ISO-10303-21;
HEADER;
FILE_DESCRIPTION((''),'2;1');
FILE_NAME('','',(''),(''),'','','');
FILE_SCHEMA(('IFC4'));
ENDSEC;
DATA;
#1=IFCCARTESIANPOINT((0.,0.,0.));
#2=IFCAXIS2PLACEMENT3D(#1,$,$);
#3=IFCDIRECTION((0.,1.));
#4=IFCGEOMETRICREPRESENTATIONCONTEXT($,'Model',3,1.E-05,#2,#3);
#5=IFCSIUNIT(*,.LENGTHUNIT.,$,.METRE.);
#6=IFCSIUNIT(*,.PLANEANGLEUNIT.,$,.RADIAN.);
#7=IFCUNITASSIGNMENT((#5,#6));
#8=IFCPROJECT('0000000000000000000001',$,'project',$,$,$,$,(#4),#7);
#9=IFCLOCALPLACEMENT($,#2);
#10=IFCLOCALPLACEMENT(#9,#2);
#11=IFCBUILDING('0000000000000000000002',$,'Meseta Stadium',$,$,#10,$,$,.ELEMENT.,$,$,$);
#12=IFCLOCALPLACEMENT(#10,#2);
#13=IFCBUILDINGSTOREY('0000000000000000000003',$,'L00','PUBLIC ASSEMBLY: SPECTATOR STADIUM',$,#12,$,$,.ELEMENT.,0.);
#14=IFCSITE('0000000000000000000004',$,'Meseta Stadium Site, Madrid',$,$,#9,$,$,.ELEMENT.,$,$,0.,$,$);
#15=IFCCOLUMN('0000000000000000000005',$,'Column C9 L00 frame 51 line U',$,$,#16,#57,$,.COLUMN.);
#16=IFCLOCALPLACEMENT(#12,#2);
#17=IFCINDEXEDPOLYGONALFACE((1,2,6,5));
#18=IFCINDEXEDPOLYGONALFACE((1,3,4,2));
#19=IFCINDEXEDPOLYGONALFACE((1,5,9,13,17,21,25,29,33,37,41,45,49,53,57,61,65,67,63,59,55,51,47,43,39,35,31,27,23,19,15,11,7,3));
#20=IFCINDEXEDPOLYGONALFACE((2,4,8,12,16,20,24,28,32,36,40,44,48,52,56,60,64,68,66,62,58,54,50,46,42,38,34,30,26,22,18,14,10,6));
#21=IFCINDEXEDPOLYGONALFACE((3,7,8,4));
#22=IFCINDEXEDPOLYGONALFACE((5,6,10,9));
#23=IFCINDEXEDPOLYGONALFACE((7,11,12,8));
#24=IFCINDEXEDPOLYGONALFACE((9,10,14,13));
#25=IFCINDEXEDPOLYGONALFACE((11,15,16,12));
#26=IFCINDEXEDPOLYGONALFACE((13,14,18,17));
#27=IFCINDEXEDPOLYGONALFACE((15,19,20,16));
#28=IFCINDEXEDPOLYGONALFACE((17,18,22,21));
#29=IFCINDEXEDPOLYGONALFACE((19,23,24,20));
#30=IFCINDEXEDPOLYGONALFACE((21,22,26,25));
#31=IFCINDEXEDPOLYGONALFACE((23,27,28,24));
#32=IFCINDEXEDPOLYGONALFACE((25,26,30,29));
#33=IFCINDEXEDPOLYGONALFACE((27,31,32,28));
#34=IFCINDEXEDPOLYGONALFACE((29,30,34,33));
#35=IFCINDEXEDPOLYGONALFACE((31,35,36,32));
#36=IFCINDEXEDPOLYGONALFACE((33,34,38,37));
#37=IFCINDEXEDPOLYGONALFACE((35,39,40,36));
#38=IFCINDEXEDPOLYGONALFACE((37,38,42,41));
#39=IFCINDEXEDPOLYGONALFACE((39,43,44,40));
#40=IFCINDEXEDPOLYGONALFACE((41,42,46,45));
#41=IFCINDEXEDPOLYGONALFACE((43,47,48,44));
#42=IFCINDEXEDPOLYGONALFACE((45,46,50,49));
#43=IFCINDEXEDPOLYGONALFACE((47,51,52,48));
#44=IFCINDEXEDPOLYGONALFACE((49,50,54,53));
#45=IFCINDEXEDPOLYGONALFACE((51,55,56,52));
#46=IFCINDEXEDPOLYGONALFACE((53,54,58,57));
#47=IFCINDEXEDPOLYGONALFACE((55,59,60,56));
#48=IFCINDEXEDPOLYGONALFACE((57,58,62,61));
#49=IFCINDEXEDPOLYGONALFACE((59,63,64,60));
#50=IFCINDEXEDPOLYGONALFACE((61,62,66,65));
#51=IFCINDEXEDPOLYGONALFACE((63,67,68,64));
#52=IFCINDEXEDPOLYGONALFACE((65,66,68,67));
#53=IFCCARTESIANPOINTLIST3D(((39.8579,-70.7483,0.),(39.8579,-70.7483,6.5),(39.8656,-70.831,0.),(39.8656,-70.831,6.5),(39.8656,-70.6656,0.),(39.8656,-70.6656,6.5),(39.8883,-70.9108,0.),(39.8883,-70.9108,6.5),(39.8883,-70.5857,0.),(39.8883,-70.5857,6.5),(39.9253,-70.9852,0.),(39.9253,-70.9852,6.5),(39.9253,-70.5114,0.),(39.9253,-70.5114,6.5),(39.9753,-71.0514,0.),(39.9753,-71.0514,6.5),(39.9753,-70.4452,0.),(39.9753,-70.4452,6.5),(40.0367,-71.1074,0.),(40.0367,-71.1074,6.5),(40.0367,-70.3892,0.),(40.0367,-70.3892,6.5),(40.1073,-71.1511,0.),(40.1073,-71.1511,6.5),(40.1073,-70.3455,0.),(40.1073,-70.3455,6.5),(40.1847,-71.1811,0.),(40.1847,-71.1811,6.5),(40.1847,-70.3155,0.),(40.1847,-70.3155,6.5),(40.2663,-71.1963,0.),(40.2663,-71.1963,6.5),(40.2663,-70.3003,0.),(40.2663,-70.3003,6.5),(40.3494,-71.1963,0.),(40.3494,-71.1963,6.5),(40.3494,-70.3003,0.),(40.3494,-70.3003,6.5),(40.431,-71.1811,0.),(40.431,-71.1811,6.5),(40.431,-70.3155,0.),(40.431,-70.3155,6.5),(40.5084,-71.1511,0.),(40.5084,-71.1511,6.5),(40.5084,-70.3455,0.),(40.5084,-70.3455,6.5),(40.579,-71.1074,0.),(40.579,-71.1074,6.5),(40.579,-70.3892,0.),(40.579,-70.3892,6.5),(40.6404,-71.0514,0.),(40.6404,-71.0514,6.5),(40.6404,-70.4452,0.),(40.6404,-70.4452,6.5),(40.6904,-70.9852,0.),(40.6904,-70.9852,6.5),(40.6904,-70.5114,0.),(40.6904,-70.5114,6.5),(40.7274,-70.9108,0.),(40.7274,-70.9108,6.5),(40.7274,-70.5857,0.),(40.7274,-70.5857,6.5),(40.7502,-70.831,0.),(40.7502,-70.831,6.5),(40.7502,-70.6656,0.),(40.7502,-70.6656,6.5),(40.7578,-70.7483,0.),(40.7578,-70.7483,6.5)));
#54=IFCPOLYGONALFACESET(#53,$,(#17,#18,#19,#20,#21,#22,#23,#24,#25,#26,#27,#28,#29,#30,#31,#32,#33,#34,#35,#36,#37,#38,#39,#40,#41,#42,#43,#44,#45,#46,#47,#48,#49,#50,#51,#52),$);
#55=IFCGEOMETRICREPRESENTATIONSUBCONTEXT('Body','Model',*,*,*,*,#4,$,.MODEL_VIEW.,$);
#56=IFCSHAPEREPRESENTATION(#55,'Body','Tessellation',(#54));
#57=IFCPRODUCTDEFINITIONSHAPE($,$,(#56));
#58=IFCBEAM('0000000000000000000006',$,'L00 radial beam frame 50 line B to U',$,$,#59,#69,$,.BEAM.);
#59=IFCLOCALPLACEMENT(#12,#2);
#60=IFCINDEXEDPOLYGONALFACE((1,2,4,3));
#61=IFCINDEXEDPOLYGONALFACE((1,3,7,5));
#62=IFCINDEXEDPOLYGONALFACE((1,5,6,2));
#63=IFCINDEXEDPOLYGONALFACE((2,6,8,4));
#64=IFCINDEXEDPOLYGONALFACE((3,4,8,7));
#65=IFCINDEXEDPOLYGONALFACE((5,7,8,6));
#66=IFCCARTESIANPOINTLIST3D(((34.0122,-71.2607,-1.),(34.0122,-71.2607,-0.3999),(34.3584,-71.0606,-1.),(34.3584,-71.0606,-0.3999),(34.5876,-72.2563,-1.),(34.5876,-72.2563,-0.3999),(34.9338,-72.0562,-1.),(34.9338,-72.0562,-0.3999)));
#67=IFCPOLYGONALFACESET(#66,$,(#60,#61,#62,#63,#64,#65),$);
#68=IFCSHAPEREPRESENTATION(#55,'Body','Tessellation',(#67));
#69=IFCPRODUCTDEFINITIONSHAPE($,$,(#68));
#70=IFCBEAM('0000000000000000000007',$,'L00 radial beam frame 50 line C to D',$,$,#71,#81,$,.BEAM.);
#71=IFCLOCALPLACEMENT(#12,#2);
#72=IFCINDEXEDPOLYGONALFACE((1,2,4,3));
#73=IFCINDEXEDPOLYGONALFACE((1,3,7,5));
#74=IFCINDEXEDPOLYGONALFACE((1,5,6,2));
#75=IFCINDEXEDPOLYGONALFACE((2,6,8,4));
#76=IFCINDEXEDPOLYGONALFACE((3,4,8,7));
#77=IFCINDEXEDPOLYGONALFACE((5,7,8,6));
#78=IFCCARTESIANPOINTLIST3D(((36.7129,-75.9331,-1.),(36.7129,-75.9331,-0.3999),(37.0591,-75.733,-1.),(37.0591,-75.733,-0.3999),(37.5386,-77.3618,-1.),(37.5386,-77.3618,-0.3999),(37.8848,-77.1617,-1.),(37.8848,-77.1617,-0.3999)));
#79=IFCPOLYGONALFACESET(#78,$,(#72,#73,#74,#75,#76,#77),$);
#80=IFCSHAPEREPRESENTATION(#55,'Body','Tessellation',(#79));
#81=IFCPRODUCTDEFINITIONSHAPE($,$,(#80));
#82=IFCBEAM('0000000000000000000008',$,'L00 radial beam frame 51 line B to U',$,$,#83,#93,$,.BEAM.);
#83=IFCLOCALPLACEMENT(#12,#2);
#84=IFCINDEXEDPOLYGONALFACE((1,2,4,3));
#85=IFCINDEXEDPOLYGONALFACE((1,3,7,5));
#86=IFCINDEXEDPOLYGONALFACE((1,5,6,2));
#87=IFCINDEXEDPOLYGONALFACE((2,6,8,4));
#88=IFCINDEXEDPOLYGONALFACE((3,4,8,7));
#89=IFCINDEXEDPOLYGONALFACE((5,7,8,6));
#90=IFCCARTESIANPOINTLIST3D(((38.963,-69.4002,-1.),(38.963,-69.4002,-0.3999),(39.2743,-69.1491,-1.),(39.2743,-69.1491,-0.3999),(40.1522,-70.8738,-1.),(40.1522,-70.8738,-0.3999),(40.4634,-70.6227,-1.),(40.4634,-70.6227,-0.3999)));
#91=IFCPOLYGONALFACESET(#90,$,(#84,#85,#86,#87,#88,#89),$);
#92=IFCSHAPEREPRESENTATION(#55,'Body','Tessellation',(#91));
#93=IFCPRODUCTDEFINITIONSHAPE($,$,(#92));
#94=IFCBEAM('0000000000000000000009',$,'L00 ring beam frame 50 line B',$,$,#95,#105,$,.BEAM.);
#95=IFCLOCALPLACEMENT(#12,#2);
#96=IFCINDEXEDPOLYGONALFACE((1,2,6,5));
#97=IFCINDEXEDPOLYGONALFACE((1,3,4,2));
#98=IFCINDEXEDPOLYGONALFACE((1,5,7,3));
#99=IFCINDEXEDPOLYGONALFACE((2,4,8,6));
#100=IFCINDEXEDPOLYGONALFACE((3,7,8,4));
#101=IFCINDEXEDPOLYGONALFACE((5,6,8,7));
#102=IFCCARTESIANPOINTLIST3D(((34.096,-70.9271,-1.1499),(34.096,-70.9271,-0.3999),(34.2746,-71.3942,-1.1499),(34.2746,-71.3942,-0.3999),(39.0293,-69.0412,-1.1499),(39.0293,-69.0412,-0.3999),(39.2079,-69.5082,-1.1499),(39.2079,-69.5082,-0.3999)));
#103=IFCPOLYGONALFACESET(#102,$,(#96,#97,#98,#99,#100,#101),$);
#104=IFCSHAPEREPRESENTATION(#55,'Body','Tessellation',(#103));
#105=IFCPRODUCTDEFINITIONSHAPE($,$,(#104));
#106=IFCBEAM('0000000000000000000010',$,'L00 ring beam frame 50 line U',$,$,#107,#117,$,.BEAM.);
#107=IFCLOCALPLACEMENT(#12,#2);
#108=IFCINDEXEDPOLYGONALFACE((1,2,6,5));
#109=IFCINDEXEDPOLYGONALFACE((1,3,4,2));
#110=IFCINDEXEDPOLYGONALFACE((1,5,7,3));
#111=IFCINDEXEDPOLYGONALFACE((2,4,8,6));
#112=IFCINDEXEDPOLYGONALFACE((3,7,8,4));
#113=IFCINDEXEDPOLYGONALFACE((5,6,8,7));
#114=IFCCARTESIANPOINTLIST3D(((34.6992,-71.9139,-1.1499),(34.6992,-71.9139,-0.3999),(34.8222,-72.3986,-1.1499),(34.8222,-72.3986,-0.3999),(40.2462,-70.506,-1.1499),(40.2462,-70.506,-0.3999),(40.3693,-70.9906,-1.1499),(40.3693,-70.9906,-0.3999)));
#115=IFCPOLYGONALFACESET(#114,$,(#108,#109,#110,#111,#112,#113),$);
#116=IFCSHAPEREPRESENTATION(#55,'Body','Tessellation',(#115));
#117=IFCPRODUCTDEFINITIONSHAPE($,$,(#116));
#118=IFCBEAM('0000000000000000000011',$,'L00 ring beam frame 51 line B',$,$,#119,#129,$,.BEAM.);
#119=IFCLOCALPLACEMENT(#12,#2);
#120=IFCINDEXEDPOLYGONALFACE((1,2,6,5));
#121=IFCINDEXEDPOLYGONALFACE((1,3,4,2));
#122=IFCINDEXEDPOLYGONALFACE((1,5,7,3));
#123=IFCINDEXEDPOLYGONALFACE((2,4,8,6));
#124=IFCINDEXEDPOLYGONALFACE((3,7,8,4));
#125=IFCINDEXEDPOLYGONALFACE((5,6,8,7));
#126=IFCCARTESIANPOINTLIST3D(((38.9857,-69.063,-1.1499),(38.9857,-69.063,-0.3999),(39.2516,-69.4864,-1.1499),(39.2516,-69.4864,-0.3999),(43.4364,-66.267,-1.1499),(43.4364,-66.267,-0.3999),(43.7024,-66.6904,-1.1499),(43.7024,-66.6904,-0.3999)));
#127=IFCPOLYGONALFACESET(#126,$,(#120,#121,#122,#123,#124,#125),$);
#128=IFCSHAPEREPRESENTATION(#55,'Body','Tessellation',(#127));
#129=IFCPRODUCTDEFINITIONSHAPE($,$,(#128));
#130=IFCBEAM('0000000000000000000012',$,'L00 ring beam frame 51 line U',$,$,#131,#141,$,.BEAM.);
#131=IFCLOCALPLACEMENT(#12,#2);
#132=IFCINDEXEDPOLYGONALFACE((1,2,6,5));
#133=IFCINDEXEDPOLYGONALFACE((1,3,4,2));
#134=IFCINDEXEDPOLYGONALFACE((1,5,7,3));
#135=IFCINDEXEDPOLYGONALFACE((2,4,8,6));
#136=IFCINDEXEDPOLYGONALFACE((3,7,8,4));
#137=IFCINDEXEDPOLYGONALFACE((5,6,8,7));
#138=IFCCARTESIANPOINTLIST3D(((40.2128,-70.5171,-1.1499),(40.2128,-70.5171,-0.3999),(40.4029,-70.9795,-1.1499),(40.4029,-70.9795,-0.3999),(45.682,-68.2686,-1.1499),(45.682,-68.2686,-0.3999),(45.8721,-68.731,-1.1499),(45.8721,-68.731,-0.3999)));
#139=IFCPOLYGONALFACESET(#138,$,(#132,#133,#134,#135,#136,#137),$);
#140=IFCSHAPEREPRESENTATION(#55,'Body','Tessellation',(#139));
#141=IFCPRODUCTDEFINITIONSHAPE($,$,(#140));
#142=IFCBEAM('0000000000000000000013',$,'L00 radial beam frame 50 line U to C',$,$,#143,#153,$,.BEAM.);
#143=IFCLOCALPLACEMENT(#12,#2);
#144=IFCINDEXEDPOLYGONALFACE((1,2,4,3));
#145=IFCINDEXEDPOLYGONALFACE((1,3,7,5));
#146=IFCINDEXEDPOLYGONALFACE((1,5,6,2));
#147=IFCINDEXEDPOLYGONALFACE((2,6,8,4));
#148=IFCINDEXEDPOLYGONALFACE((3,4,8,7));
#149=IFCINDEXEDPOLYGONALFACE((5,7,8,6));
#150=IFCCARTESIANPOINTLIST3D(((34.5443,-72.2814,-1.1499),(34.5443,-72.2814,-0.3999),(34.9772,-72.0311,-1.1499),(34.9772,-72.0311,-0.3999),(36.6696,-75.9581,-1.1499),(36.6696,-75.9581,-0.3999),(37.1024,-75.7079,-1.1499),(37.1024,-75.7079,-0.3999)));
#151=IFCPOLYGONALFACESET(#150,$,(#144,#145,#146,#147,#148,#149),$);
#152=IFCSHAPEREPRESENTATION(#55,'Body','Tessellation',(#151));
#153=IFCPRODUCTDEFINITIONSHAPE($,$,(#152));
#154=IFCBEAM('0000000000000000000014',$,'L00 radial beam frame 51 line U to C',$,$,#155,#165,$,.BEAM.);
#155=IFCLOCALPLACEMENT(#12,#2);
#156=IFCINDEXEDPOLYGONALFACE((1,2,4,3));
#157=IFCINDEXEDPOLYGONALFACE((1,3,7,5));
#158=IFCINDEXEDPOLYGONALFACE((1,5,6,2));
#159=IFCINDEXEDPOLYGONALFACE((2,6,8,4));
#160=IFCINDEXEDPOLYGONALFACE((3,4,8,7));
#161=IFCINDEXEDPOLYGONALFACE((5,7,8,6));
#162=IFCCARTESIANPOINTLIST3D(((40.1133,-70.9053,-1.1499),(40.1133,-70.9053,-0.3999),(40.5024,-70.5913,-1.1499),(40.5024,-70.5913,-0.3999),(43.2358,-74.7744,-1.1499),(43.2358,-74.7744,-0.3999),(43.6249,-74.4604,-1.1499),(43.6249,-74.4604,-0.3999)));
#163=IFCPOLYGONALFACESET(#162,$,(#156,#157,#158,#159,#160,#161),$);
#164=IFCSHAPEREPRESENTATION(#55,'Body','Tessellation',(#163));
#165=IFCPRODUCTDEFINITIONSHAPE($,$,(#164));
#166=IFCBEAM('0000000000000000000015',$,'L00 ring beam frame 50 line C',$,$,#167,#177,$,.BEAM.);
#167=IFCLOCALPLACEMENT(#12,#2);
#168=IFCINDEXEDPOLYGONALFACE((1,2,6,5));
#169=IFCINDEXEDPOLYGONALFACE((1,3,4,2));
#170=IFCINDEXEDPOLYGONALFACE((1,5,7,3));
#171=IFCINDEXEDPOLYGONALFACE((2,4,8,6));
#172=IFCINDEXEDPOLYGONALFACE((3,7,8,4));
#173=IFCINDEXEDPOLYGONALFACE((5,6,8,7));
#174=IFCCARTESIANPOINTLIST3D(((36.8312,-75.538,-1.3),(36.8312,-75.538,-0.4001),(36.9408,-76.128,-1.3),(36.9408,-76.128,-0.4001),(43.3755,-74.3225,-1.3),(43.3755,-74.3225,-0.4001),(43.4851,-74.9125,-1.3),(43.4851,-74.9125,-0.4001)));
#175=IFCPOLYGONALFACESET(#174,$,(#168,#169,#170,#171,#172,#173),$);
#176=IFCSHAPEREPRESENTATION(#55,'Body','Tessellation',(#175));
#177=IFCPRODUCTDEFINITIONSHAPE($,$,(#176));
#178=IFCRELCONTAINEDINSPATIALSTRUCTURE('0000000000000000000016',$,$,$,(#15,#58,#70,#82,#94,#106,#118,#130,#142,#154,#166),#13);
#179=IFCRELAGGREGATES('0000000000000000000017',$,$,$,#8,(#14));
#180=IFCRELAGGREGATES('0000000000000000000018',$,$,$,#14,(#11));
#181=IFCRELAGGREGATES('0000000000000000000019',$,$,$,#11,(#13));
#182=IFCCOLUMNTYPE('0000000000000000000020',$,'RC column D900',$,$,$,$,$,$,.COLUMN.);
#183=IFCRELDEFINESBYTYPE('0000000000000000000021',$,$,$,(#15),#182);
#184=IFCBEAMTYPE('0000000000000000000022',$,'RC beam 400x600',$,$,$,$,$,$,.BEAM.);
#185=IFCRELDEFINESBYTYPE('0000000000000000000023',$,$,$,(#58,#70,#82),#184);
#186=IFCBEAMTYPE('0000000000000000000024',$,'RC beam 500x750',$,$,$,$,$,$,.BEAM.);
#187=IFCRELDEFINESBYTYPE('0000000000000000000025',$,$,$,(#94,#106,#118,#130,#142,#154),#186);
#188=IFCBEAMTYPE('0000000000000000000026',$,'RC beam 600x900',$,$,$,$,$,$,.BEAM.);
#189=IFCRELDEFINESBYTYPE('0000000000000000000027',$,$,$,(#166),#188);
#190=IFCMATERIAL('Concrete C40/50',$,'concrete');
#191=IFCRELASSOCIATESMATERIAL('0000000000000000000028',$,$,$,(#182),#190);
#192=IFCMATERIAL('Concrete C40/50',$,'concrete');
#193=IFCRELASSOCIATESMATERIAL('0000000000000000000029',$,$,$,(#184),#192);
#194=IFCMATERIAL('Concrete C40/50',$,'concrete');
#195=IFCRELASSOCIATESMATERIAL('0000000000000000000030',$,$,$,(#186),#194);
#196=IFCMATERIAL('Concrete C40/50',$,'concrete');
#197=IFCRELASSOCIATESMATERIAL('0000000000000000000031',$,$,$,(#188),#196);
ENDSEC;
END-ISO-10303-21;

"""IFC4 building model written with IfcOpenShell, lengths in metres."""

from ifc_helpers import new_model, si_unit, direction, frame, origin, origin_2d, place, context, subcontext, project, spatial, rectangle, circle, extrude, material, material_profile, profile_set, type_object, element, save


model = new_model("IFC4")

# Units and contexts
model_context = context("Model", 3, precision=1e-05, world=origin(), true_north=direction((0.0, 1.0)))
body_context = subcontext(model_context, "Body", "Model", "MODEL_VIEW")
ifc_project = project(units=[si_unit("LENGTHUNIT", "METRE"), si_unit("PLANEANGLEUNIT", "RADIAN")], contexts=[model_context])

# Site, building, storey
site_placement = place(None, origin())
site = spatial("IfcSite", under=ifc_project, at=site_placement, Name="Meseta Stadium Site, Madrid", CompositionType="ELEMENT", RefElevation=0.0)
building_placement = place(site_placement, origin())
building = spatial("IfcBuilding", under=site, at=building_placement, Name="Meseta Stadium", CompositionType="ELEMENT")
storey_placement = place(building_placement, origin())
storey = spatial("IfcBuildingStorey", under=building, at=storey_placement, Name="L00", Description="PUBLIC ASSEMBLY: SPECTATOR STADIUM", CompositionType="ELEMENT", Elevation=0.0)

# Column
ifc_material_1 = material(Name="Concrete C40/50", Category="concrete")
ifc_material_profile_1 = material_profile(ifc_material_1, circle(Radius=0.45, at=origin_2d()), Name="RC D900")
ifc_profile_set_1 = profile_set([ifc_material_profile_1], Name="Concrete C40/50")
column_type_1 = type_object("IfcColumnType", Name="RC column D900", PredefinedType="COLUMN", material=ifc_profile_set_1)
for number, where, z_axis, x_axis, name in (
    (1, (40.3079, -70.7483, 0.0), (0.0, 0.0, 1.0), (1.0, 0.0, 0.0), "Column C9 L00 frame 51 line U"),
):
    element("IfcColumn", number, at=place(storey_placement, frame(where, z_axis=z_axis, x_axis=x_axis)), inside=storey, type_object=column_type_1, Name=name, PredefinedType="COLUMN", context=body_context, shape_type="SweptSolid", body=[
        extrude(circle(Radius=0.45, at=origin_2d()), origin(), (0.0, 0.0, 1.0), 6.5),
    ])

# Beams
ifc_material_2 = material(Name="Concrete C40/50", Category="concrete")
ifc_material_profile_2 = material_profile(ifc_material_2, rectangle(XDim=0.3999, YDim=0.6001, at=origin_2d()), Name="RC 400x600")
ifc_profile_set_2 = profile_set([ifc_material_profile_2], Name="Concrete C40/50")
beam_type_1 = type_object("IfcBeamType", Name="RC beam 400x600", PredefinedType="BEAM", material=ifc_profile_set_2)
beam_1_placement = place(storey_placement, frame((34.1853, -71.1606, -0.7), z_axis=(0.500408, -0.865789, 0.0), x_axis=(0.865789, 0.500408, 0.0)))
element("IfcBeam", 2, at=beam_1_placement, inside=storey, type_object=beam_type_1, Name="L00 radial beam frame 50 line B to U", PredefinedType="BEAM", context=body_context, shape_type="SweptSolid", body=[
    extrude(rectangle(XDim=0.3999, YDim=0.6001, at=origin_2d()), origin(), (0.0, 0.0, 1.0), 1.1499),
])
beam_2_placement = place(storey_placement, frame((36.886, -75.833, -0.7), z_axis=(0.500371, -0.865811, 0.0), x_axis=(0.865811, 0.500371, 0.0)))
element("IfcBeam", 3, at=beam_2_placement, inside=storey, type_object=beam_type_1, Name="L00 radial beam frame 50 line C to D", PredefinedType="BEAM", context=body_context, shape_type="SweptSolid", body=[
    extrude(rectangle(XDim=0.3999, YDim=0.6001, at=origin_2d()), origin(), (0.0, 0.0, 1.0), 1.6501),
])
beam_3_placement = place(storey_placement, frame((39.1187, -69.2747, -0.7), z_axis=(0.628007, -0.778208, 0.0), x_axis=(0.778208, 0.628007, 0.0)))
element("IfcBeam", 4, at=beam_3_placement, inside=storey, type_object=beam_type_1, Name="L00 radial beam frame 51 line B to U", PredefinedType="BEAM", context=body_context, shape_type="SweptSolid", body=[
    extrude(rectangle(XDim=0.3999, YDim=0.6001, at=origin_2d()), origin(), (0.0, 0.0, 1.0), 1.8936),
])
ifc_material_3 = material(Name="Concrete C40/50", Category="concrete")
ifc_material_profile_3 = material_profile(ifc_material_3, rectangle(XDim=0.5, YDim=0.75, at=origin_2d()), Name="RC 500x750")
ifc_profile_set_3 = profile_set([ifc_material_profile_3], Name="Concrete C40/50")
beam_type_2 = type_object("IfcBeamType", Name="RC beam 500x750", PredefinedType="BEAM", material=ifc_profile_set_3)
beam_4_placement = place(storey_placement, frame((34.1853, -71.1606, -0.7749), z_axis=(0.93407, 0.357089, 0.0), x_axis=(-0.357089, 0.93407, 0.0)))
element("IfcBeam", 5, at=beam_4_placement, inside=storey, type_object=beam_type_2, Name="L00 ring beam frame 50 line B", PredefinedType="BEAM", context=body_context, shape_type="SweptSolid", body=[
    extrude(rectangle(XDim=0.5, YDim=0.75, at=origin_2d()), origin(), (0.0, 0.0, 1.0), 5.2815),
])
beam_5_placement = place(storey_placement, frame((34.7607, -72.1562, -0.7749), z_axis=(0.969265, 0.246017, 0.0), x_axis=(-0.246017, 0.969265, 0.0)))
element("IfcBeam", 6, at=beam_5_placement, inside=storey, type_object=beam_type_2, Name="L00 ring beam frame 50 line U", PredefinedType="BEAM", context=body_context, shape_type="SweptSolid", body=[
    extrude(rectangle(XDim=0.5, YDim=0.75, at=origin_2d()), origin(), (0.0, 0.0, 1.0), 5.7229),
])
beam_6_placement = place(storey_placement, frame((39.1187, -69.2747, -0.7749), z_axis=(0.84678, 0.531943, 0.0), x_axis=(-0.531943, 0.84678, 0.0)))
element("IfcBeam", 7, at=beam_6_placement, inside=storey, type_object=beam_type_2, Name="L00 ring beam frame 51 line B", PredefinedType="BEAM", context=body_context, shape_type="SweptSolid", body=[
    extrude(rectangle(XDim=0.5, YDim=0.75, at=origin_2d()), origin(), (0.0, 0.0, 1.0), 5.2561),
])
beam_7_placement = place(storey_placement, frame((40.3079, -70.7483, -0.7749), z_axis=(0.924887, 0.380243, 0.0), x_axis=(-0.380243, 0.924887, 0.0)))
element("IfcBeam", 8, at=beam_7_placement, inside=storey, type_object=beam_type_2, Name="L00 ring beam frame 51 line U", PredefinedType="BEAM", context=body_context, shape_type="SweptSolid", body=[
    extrude(rectangle(XDim=0.5, YDim=0.75, at=origin_2d()), origin(), (0.0, 0.0, 1.0), 5.9133),
])
beam_8_placement = place(storey_placement, frame((34.7607, -72.1562, -0.7749), z_axis=(0.500436, -0.865774, 0.0), x_axis=(0.865774, 0.500436, 0.0)))
element("IfcBeam", 9, at=beam_8_placement, inside=storey, type_object=beam_type_2, Name="L00 radial beam frame 50 line U to C", PredefinedType="BEAM", context=body_context, shape_type="SweptSolid", body=[
    extrude(rectangle(XDim=0.5, YDim=0.75, at=origin_2d()), origin(), (0.0, 0.0, 1.0), 4.2468),
])
beam_9_placement = place(storey_placement, frame((40.3079, -70.7483, -0.7749), z_axis=(0.628031, -0.778189, 0.0), x_axis=(0.778189, 0.628031, 0.0)))
element("IfcBeam", 10, at=beam_9_placement, inside=storey, type_object=beam_type_2, Name="L00 radial beam frame 51 line U to C", PredefinedType="BEAM", context=body_context, shape_type="SweptSolid", body=[
    extrude(rectangle(XDim=0.5, YDim=0.75, at=origin_2d()), origin(), (0.0, 0.0, 1.0), 4.9719),
])
ifc_material_4 = material(Name="Concrete C40/50", Category="concrete")
ifc_material_profile_4 = material_profile(ifc_material_4, rectangle(XDim=0.6001, YDim=0.8999, at=origin_2d()), Name="RC 600x900")
ifc_profile_set_4 = profile_set([ifc_material_profile_4], Name="Concrete C40/50")
beam_type_3 = type_object("IfcBeamType", Name="RC beam 600x900", PredefinedType="BEAM", material=ifc_profile_set_4)
beam_10_placement = place(storey_placement, frame((36.886, -75.833, -0.8501), z_axis=(0.983184, 0.182619, 0.0), x_axis=(-0.182619, 0.983184, 0.0)))
element("IfcBeam", 11, at=beam_10_placement, inside=storey, type_object=beam_type_3, Name="L00 ring beam frame 50 line C", PredefinedType="BEAM", context=body_context, shape_type="SweptSolid", body=[
    extrude(rectangle(XDim=0.6001, YDim=0.8999, at=origin_2d()), origin(), (0.0, 0.0, 1.0), 6.6562),
])

save(model, "model.ifc")
